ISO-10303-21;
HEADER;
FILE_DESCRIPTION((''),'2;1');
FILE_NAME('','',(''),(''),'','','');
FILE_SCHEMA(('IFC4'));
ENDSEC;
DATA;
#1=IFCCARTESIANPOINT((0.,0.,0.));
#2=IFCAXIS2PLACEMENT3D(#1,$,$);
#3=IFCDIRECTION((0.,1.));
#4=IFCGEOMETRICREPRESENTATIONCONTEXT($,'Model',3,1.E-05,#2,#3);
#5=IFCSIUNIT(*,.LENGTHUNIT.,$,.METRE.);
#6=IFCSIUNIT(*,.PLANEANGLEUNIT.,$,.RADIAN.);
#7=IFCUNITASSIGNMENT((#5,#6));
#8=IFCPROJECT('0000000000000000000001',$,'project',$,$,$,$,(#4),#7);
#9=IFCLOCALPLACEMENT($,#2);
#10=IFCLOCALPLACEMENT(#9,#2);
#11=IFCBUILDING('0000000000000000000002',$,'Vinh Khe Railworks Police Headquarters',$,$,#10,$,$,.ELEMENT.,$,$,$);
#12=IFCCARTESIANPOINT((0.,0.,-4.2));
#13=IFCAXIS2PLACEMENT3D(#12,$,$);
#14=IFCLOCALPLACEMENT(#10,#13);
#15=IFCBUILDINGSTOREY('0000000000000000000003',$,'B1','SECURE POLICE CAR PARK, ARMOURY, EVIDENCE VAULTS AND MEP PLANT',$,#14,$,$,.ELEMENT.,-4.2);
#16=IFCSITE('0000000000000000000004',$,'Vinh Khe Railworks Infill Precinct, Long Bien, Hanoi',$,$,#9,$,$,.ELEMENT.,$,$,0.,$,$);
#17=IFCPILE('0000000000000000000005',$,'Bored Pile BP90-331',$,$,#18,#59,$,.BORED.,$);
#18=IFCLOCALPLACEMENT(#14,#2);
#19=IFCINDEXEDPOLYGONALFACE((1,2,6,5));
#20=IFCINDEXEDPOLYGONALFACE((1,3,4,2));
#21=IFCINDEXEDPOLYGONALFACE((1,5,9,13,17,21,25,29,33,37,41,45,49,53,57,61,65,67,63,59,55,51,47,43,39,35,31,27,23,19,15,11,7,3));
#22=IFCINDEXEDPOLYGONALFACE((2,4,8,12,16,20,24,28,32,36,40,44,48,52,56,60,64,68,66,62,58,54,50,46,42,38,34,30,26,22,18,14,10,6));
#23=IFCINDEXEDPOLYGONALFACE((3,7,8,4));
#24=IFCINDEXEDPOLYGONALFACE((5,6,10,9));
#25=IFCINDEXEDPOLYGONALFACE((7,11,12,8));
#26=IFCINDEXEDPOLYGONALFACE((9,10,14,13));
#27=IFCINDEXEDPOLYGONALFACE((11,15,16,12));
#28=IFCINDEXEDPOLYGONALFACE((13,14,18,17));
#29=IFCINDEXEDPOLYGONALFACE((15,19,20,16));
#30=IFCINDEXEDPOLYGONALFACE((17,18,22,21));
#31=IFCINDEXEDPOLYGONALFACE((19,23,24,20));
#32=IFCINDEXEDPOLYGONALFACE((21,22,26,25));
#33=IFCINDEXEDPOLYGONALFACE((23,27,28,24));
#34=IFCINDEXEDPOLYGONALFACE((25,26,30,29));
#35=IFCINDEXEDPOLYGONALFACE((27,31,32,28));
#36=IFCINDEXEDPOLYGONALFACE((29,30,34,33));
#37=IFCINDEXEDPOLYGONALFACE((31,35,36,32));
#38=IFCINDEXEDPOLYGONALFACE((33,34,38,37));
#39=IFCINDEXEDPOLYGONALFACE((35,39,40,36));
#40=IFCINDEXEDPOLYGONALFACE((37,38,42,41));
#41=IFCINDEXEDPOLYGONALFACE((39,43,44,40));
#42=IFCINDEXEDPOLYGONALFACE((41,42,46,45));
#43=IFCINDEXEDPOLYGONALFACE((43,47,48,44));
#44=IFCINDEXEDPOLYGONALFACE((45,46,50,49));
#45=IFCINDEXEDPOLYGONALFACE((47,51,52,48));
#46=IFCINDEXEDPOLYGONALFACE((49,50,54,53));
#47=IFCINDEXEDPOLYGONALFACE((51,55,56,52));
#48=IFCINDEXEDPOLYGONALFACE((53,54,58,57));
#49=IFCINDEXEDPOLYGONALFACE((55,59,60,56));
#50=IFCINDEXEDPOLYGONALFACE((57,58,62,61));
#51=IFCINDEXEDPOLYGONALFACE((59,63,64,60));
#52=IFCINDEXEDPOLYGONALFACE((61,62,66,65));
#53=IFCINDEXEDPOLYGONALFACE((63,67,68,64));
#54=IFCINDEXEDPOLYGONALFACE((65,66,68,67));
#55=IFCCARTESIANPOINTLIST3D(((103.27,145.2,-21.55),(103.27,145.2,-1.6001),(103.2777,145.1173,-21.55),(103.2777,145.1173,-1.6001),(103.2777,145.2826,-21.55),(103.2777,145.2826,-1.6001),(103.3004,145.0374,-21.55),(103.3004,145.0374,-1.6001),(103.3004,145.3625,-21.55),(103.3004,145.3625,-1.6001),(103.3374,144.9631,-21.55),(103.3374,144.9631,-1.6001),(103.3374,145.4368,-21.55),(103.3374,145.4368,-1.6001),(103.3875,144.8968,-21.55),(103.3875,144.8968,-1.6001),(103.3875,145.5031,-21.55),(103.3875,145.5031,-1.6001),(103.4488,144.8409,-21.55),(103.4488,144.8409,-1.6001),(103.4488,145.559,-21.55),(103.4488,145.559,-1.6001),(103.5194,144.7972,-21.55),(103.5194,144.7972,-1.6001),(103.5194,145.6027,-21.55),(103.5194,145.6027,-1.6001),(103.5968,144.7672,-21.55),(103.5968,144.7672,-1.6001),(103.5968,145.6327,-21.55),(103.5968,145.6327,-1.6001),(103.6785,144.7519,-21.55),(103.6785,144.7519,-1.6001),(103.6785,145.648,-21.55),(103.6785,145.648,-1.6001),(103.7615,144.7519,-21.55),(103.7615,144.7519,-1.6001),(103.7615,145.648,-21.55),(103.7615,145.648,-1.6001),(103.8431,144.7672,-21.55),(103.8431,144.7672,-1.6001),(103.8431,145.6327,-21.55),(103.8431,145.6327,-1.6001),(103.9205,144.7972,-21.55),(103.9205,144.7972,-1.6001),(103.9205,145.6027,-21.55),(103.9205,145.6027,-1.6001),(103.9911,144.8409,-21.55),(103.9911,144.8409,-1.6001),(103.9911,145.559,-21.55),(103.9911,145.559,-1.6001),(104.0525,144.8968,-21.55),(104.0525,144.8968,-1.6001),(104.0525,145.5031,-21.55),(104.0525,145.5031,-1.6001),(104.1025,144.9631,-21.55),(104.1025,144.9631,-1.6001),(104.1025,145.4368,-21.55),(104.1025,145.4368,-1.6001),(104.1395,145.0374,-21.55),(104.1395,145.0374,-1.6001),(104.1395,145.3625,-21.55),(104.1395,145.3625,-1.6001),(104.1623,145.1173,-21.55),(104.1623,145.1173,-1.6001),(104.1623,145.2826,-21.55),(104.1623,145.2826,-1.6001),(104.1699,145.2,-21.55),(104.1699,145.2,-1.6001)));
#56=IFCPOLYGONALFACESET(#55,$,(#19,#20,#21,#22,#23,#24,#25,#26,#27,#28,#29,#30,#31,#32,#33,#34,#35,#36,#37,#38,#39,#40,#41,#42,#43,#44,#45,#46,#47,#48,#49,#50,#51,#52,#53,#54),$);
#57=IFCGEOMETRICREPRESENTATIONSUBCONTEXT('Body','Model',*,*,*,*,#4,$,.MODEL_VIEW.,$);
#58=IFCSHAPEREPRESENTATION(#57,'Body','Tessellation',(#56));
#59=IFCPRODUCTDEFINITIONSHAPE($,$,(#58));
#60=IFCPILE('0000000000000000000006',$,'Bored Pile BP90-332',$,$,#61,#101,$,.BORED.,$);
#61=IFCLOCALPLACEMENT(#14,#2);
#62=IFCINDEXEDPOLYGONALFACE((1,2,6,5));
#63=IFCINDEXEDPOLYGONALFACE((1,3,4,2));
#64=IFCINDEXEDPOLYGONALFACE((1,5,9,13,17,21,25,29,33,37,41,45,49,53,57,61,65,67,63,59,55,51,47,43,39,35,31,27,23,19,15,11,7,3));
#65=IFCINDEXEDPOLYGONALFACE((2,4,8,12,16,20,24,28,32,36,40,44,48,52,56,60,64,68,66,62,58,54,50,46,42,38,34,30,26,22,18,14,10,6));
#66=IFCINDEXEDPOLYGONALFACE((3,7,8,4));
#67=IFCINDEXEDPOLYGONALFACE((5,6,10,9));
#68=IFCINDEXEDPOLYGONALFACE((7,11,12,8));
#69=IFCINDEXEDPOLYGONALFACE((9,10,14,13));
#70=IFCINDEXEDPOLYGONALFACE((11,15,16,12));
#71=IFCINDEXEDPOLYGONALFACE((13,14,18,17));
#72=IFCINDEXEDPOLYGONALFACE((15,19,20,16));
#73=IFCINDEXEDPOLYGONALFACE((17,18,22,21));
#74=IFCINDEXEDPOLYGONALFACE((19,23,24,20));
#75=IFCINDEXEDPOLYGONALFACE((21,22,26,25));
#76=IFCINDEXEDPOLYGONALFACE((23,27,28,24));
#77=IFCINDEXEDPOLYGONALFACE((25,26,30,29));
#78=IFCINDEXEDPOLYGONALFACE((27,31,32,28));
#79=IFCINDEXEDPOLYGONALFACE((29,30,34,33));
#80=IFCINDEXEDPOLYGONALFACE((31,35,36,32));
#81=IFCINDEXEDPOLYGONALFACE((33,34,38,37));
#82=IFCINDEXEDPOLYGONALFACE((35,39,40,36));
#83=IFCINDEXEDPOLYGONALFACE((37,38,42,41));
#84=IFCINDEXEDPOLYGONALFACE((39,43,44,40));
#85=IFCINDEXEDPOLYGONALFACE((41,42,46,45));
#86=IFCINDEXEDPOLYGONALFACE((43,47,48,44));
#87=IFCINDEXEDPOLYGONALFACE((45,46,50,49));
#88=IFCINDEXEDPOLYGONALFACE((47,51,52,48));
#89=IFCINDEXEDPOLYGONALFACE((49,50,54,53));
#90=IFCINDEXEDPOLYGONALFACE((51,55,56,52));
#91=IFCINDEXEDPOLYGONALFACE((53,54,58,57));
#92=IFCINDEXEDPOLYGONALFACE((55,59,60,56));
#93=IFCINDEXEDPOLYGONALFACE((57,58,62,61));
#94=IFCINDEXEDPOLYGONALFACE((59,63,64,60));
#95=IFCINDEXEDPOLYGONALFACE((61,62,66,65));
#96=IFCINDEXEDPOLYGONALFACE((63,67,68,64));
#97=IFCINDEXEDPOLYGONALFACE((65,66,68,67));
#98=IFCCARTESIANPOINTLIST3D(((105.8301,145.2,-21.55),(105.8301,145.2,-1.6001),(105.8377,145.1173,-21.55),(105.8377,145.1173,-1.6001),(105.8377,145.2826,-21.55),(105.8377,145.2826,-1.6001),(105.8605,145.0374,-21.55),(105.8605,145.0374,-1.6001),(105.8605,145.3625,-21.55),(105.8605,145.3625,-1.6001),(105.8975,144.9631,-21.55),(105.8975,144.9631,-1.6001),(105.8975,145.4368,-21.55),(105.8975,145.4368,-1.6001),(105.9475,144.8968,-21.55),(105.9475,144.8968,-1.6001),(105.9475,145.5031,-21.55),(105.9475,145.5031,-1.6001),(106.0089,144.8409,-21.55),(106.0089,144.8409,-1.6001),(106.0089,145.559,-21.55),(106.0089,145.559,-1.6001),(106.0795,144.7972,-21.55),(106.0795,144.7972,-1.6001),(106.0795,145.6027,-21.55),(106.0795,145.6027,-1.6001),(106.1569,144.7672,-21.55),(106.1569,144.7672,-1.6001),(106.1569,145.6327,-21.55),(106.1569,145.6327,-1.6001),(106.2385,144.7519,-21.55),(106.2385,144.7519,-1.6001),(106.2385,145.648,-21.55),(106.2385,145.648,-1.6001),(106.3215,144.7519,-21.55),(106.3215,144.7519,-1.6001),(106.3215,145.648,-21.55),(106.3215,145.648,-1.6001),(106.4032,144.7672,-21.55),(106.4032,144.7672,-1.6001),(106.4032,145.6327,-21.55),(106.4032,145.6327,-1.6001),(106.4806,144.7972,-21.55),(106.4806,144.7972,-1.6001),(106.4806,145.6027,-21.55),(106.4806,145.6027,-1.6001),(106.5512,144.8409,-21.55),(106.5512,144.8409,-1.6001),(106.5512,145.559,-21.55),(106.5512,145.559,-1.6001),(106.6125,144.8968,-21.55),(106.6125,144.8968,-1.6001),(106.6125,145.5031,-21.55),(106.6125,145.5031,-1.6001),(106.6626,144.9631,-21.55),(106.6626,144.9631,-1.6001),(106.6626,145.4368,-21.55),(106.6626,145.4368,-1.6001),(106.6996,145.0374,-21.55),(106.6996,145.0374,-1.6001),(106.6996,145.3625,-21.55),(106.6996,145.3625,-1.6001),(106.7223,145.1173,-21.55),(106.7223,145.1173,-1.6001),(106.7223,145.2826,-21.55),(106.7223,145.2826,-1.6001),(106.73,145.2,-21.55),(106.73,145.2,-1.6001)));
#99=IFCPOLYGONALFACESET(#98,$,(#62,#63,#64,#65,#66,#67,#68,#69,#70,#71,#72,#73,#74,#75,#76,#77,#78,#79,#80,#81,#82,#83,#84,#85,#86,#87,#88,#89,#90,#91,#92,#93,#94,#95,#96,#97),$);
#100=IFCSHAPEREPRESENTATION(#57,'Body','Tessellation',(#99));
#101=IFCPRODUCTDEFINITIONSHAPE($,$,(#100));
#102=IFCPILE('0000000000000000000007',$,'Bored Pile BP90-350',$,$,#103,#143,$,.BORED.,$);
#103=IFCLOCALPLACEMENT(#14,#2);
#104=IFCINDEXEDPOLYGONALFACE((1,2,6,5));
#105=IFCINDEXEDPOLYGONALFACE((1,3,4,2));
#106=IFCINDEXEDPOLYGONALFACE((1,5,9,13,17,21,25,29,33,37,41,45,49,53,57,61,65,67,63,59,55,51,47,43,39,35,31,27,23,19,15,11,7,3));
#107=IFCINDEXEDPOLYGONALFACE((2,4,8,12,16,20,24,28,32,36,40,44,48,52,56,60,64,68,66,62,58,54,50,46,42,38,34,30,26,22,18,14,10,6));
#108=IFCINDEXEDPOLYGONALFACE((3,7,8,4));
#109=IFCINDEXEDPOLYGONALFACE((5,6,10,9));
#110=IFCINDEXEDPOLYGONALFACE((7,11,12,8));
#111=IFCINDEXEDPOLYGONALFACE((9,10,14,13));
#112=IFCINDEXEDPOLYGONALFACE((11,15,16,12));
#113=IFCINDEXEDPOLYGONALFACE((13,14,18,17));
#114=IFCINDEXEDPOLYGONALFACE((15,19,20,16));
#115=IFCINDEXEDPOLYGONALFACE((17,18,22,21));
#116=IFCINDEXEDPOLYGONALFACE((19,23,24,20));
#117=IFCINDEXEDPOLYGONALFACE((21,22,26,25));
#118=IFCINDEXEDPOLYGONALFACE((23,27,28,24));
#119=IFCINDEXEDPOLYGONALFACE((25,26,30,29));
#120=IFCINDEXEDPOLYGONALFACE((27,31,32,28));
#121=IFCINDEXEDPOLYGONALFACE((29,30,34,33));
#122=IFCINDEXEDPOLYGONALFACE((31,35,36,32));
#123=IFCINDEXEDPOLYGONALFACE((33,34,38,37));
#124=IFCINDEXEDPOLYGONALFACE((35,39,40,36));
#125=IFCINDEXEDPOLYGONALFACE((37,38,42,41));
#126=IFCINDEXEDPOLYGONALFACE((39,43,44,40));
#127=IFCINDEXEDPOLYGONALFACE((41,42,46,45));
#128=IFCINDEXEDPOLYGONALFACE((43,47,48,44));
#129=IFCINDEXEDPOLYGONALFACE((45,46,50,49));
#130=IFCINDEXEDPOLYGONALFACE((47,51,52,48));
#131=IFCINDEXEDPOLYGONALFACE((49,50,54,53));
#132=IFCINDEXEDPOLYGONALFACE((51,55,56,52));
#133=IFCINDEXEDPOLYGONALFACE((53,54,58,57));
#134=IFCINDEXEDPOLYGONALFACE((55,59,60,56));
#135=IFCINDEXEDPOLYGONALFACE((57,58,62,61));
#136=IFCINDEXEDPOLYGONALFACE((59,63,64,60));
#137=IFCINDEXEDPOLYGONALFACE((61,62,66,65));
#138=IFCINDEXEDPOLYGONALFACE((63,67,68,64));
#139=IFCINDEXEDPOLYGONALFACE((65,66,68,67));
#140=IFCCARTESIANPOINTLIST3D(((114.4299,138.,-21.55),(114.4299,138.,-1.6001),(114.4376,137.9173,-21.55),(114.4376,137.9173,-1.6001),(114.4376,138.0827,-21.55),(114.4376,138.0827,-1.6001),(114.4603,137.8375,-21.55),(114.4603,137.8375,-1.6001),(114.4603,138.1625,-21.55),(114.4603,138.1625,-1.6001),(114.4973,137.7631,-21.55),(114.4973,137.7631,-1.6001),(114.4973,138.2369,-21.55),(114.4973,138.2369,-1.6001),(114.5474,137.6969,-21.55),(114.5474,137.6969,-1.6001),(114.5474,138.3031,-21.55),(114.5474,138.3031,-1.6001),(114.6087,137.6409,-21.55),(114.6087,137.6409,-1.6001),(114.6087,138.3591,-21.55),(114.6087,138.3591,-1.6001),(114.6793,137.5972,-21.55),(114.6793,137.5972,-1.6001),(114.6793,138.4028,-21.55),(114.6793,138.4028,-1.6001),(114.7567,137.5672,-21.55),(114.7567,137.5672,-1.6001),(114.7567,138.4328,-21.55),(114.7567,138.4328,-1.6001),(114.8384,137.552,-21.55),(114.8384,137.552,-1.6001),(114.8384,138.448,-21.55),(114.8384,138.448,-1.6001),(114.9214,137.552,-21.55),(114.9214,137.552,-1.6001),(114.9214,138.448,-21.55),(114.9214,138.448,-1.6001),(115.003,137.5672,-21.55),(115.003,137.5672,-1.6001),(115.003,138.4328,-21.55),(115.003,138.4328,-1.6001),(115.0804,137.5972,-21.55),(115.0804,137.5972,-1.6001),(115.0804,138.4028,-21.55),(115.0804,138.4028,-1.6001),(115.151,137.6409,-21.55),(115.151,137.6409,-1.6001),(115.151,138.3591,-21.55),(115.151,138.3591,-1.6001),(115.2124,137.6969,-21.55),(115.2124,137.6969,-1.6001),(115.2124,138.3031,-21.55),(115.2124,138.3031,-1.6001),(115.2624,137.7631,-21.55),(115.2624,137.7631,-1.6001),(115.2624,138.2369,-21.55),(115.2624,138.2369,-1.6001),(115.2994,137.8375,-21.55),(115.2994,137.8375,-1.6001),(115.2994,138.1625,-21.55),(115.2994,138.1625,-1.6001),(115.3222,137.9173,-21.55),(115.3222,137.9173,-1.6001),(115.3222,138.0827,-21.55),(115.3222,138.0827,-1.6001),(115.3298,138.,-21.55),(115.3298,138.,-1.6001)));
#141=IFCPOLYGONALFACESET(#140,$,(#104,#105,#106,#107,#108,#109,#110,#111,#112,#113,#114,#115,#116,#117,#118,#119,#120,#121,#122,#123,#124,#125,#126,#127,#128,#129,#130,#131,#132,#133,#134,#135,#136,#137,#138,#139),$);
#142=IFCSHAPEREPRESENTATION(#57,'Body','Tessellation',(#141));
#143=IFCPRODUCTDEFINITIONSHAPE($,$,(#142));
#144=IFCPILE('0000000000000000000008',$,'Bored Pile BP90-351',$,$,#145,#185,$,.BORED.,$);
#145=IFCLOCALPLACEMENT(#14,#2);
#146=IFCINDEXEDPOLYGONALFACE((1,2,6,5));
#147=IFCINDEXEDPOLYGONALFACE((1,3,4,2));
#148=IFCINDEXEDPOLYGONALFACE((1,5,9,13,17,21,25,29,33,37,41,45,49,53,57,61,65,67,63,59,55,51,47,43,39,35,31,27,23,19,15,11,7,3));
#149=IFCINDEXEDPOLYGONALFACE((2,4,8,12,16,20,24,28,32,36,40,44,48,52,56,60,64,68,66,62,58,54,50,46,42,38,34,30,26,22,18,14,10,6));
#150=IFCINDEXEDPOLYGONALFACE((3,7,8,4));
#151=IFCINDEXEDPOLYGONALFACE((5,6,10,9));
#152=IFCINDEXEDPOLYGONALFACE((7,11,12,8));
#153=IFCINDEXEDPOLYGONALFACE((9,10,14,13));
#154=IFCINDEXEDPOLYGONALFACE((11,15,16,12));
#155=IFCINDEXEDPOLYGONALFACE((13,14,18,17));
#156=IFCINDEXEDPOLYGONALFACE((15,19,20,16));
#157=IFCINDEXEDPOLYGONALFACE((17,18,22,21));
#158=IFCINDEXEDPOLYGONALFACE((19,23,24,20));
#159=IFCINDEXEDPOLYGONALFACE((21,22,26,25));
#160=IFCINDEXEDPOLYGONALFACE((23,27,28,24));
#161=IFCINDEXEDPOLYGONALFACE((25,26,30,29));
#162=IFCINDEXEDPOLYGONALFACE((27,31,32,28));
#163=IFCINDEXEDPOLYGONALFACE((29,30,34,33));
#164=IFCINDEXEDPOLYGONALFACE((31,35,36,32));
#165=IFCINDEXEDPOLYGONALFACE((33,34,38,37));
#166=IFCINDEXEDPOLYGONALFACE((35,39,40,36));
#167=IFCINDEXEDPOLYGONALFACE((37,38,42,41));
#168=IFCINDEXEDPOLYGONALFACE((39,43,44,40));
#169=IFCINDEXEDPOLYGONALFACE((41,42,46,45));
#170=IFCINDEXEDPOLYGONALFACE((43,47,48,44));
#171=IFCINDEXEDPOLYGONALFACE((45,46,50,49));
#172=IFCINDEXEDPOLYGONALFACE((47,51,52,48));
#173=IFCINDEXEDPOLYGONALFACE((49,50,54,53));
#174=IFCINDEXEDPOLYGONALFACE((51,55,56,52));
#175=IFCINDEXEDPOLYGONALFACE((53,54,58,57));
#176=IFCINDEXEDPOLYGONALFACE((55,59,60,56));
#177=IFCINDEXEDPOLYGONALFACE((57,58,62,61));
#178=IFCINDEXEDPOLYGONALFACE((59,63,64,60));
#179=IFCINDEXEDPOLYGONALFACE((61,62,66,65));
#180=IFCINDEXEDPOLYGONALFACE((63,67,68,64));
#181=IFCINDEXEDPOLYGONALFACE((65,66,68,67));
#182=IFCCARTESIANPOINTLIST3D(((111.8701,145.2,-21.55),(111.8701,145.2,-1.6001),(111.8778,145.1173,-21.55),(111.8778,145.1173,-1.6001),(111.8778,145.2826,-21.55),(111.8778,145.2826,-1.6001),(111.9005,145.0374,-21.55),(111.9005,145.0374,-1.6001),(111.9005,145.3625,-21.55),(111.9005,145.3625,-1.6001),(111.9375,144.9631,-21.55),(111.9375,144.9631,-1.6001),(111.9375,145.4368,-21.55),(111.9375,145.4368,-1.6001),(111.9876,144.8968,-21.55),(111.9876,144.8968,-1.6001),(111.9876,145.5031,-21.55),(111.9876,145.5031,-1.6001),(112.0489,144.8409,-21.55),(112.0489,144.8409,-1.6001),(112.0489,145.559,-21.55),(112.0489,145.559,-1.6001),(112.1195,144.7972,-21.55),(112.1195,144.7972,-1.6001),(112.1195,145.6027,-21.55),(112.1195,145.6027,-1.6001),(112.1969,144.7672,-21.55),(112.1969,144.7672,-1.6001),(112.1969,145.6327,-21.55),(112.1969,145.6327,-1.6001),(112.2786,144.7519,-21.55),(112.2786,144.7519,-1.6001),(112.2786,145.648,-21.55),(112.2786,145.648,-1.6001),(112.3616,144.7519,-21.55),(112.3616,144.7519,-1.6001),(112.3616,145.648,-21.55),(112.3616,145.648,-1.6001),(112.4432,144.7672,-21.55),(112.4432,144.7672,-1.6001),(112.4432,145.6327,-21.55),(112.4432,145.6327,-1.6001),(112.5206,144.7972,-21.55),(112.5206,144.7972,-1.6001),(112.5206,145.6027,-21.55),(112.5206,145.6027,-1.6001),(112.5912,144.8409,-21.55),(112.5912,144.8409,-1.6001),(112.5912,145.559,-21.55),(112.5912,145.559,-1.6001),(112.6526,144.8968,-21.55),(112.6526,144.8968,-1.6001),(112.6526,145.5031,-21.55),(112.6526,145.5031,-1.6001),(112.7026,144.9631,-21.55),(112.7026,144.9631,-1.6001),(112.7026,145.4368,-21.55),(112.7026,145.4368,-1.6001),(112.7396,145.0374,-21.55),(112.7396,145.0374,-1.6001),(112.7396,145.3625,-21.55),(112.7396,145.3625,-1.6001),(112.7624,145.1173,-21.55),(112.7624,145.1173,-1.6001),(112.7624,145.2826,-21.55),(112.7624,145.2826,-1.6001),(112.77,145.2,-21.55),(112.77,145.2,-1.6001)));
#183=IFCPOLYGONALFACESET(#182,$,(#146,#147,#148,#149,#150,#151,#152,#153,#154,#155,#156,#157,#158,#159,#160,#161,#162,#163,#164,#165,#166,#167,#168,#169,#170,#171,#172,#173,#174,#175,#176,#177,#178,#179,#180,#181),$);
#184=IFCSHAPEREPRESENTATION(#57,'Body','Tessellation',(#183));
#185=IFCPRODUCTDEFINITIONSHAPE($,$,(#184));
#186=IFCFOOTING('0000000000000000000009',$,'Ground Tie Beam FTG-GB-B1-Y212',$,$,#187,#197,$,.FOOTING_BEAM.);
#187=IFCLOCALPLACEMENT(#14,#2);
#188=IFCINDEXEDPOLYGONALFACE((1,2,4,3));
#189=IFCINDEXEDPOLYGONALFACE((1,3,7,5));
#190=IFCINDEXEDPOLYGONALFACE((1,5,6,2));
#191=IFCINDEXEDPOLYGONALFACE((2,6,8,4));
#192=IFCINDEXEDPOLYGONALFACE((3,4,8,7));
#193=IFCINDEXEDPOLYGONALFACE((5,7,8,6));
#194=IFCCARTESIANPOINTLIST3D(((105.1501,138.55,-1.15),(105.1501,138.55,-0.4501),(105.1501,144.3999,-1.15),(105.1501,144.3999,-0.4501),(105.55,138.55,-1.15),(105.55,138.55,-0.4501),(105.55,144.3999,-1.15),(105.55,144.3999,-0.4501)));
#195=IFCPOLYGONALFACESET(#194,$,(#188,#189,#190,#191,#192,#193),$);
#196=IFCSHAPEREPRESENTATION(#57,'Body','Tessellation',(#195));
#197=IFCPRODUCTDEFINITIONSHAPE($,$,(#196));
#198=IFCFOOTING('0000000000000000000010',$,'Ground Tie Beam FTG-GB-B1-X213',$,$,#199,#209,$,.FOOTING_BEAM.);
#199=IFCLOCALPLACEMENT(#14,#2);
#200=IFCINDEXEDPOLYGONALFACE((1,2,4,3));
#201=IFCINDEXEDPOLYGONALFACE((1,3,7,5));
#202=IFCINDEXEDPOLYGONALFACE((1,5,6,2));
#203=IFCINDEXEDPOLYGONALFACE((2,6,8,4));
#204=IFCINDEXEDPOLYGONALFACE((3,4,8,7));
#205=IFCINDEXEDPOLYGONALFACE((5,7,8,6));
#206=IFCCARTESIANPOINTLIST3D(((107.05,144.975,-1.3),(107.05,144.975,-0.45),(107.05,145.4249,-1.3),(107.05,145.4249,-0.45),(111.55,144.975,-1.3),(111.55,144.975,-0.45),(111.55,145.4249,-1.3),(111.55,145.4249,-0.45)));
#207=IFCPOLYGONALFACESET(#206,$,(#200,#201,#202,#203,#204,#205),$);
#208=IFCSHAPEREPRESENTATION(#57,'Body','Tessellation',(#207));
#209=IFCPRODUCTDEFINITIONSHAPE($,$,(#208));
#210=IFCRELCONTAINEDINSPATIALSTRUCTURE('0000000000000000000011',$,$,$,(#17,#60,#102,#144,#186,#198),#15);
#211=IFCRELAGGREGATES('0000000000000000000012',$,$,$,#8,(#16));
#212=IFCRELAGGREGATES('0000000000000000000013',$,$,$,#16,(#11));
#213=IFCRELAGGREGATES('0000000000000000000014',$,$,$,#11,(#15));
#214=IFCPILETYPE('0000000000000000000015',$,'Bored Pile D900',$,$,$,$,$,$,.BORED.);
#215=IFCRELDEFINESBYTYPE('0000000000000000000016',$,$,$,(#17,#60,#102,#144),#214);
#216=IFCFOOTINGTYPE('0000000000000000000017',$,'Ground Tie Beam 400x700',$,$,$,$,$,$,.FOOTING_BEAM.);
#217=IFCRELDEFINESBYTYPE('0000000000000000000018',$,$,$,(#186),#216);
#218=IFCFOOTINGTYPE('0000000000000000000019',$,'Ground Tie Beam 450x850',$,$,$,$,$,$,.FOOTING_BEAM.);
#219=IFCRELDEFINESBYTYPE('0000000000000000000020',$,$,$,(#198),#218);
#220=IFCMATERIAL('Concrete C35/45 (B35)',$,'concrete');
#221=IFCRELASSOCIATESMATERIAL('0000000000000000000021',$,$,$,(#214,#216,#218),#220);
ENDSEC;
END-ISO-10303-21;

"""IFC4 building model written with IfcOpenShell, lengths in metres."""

from ifc_helpers import new_model, si_unit, direction, frame, origin, origin_2d, place, context, subcontext, project, spatial, rectangle, circle, extrude, material, material_profile, profile_set, type_object, element, save


model = new_model("IFC4")

# Units and contexts
model_context = context("Model", 3, precision=1e-05, world=origin(), true_north=direction((0.0, 1.0)))
body_context = subcontext(model_context, "Body", "Model", "MODEL_VIEW")
ifc_project = project(units=[si_unit("LENGTHUNIT", "METRE"), si_unit("PLANEANGLEUNIT", "RADIAN")], contexts=[model_context])

# Site, building, storey
site_placement = place(None, origin())
site = spatial("IfcSite", under=ifc_project, at=site_placement, Name="Vinh Khe Railworks Infill Precinct, Long Bien, Hanoi", CompositionType="ELEMENT", RefElevation=0.0)
building_placement = place(site_placement, origin())
building = spatial("IfcBuilding", under=site, at=building_placement, Name="Vinh Khe Railworks Police Headquarters", CompositionType="ELEMENT")
storey_placement = place(building_placement, frame((0.0, 0.0, -4.2)))
storey = spatial("IfcBuildingStorey", under=building, at=storey_placement, Name="B1", Description="SECURE POLICE CAR PARK, ARMOURY, EVIDENCE VAULTS AND MEP PLANT", CompositionType="ELEMENT", Elevation=-4.2)

# Piles
ifc_material_1 = material(Name="Concrete C35/45 (B35)", Category="concrete")
ifc_material_profile_1 = material_profile(ifc_material_1, circle(Radius=0.45, at=origin_2d()), Name="BORED PILE D900")
ifc_profile_set_1 = profile_set([ifc_material_profile_1], Name="Concrete C35/45 (B35)")
pile_type = type_object("IfcPileType", Name="Bored Pile D900", PredefinedType="BORED", material=ifc_profile_set_1)
for number, where, z_axis, x_axis, name in (
    (1, (103.72, 145.2, -1.6001), (0.0, 0.0, -1.0), (1.0, 0.0, 0.0), "Bored Pile BP90-331"),
    (2, (106.28, 145.2, -1.6001), (0.0, 0.0, -1.0), (1.0, 0.0, 0.0), "Bored Pile BP90-332"),
    (3, (114.8799, 138.0, -1.6001), (0.0, 0.0, -1.0), (1.0, 0.0, 0.0), "Bored Pile BP90-350"),
    (4, (112.3201, 145.2, -1.6001), (0.0, 0.0, -1.0), (1.0, 0.0, 0.0), "Bored Pile BP90-351"),
):
    element("IfcPile", number, at=place(storey_placement, frame(where, z_axis=z_axis, x_axis=x_axis)), inside=storey, type_object=pile_type, Name=name, PredefinedType="BORED", context=body_context, shape_type="SweptSolid", body=[
        extrude(circle(Radius=0.45, at=origin_2d()), origin(), (0.0, 0.0, 1.0), 19.95),
    ])

# Footings
ifc_material_profile_2 = material_profile(ifc_material_1, rectangle(XDim=0.3999, YDim=0.7, at=origin_2d()), Name="RC 400x700")
ifc_profile_set_2 = profile_set([ifc_material_profile_2], Name="Concrete C35/45 (B35)")
footing_type_1 = type_object("IfcFootingType", Name="Ground Tie Beam 400x700", PredefinedType="FOOTING_BEAM", material=ifc_profile_set_2)
footing_1_placement = place(storey_placement, frame((105.3501, 138.55, -0.8), z_axis=(0.0, 1.0, 0.0), x_axis=(-1.0, 0.0, 0.0)))
element("IfcFooting", 5, at=footing_1_placement, inside=storey, type_object=footing_type_1, Name="Ground Tie Beam FTG-GB-B1-Y212", PredefinedType="FOOTING_BEAM", context=body_context, shape_type="SweptSolid", body=[
    extrude(rectangle(XDim=0.3999, YDim=0.7, at=origin_2d()), origin(), (0.0, 0.0, 1.0), 5.8499),
])
ifc_material_profile_3 = material_profile(ifc_material_1, rectangle(XDim=0.45, YDim=0.8501, at=origin_2d()), Name="RC 450x850")
ifc_profile_set_3 = profile_set([ifc_material_profile_3], Name="Concrete C35/45 (B35)")
footing_type_2 = type_object("IfcFootingType", Name="Ground Tie Beam 450x850", PredefinedType="FOOTING_BEAM", material=ifc_profile_set_3)
footing_2_placement = place(storey_placement, frame((107.05, 145.2, -0.875), z_axis=(1.0, 0.0, 0.0), x_axis=(0.0, 1.0, 0.0)))
element("IfcFooting", 6, at=footing_2_placement, inside=storey, type_object=footing_type_2, Name="Ground Tie Beam FTG-GB-B1-X213", PredefinedType="FOOTING_BEAM", context=body_context, shape_type="SweptSolid", body=[
    extrude(rectangle(XDim=0.45, YDim=0.8501, at=origin_2d()), origin(), (0.0, 0.0, 1.0), 4.5),
])

save(model, "model.ifc")
